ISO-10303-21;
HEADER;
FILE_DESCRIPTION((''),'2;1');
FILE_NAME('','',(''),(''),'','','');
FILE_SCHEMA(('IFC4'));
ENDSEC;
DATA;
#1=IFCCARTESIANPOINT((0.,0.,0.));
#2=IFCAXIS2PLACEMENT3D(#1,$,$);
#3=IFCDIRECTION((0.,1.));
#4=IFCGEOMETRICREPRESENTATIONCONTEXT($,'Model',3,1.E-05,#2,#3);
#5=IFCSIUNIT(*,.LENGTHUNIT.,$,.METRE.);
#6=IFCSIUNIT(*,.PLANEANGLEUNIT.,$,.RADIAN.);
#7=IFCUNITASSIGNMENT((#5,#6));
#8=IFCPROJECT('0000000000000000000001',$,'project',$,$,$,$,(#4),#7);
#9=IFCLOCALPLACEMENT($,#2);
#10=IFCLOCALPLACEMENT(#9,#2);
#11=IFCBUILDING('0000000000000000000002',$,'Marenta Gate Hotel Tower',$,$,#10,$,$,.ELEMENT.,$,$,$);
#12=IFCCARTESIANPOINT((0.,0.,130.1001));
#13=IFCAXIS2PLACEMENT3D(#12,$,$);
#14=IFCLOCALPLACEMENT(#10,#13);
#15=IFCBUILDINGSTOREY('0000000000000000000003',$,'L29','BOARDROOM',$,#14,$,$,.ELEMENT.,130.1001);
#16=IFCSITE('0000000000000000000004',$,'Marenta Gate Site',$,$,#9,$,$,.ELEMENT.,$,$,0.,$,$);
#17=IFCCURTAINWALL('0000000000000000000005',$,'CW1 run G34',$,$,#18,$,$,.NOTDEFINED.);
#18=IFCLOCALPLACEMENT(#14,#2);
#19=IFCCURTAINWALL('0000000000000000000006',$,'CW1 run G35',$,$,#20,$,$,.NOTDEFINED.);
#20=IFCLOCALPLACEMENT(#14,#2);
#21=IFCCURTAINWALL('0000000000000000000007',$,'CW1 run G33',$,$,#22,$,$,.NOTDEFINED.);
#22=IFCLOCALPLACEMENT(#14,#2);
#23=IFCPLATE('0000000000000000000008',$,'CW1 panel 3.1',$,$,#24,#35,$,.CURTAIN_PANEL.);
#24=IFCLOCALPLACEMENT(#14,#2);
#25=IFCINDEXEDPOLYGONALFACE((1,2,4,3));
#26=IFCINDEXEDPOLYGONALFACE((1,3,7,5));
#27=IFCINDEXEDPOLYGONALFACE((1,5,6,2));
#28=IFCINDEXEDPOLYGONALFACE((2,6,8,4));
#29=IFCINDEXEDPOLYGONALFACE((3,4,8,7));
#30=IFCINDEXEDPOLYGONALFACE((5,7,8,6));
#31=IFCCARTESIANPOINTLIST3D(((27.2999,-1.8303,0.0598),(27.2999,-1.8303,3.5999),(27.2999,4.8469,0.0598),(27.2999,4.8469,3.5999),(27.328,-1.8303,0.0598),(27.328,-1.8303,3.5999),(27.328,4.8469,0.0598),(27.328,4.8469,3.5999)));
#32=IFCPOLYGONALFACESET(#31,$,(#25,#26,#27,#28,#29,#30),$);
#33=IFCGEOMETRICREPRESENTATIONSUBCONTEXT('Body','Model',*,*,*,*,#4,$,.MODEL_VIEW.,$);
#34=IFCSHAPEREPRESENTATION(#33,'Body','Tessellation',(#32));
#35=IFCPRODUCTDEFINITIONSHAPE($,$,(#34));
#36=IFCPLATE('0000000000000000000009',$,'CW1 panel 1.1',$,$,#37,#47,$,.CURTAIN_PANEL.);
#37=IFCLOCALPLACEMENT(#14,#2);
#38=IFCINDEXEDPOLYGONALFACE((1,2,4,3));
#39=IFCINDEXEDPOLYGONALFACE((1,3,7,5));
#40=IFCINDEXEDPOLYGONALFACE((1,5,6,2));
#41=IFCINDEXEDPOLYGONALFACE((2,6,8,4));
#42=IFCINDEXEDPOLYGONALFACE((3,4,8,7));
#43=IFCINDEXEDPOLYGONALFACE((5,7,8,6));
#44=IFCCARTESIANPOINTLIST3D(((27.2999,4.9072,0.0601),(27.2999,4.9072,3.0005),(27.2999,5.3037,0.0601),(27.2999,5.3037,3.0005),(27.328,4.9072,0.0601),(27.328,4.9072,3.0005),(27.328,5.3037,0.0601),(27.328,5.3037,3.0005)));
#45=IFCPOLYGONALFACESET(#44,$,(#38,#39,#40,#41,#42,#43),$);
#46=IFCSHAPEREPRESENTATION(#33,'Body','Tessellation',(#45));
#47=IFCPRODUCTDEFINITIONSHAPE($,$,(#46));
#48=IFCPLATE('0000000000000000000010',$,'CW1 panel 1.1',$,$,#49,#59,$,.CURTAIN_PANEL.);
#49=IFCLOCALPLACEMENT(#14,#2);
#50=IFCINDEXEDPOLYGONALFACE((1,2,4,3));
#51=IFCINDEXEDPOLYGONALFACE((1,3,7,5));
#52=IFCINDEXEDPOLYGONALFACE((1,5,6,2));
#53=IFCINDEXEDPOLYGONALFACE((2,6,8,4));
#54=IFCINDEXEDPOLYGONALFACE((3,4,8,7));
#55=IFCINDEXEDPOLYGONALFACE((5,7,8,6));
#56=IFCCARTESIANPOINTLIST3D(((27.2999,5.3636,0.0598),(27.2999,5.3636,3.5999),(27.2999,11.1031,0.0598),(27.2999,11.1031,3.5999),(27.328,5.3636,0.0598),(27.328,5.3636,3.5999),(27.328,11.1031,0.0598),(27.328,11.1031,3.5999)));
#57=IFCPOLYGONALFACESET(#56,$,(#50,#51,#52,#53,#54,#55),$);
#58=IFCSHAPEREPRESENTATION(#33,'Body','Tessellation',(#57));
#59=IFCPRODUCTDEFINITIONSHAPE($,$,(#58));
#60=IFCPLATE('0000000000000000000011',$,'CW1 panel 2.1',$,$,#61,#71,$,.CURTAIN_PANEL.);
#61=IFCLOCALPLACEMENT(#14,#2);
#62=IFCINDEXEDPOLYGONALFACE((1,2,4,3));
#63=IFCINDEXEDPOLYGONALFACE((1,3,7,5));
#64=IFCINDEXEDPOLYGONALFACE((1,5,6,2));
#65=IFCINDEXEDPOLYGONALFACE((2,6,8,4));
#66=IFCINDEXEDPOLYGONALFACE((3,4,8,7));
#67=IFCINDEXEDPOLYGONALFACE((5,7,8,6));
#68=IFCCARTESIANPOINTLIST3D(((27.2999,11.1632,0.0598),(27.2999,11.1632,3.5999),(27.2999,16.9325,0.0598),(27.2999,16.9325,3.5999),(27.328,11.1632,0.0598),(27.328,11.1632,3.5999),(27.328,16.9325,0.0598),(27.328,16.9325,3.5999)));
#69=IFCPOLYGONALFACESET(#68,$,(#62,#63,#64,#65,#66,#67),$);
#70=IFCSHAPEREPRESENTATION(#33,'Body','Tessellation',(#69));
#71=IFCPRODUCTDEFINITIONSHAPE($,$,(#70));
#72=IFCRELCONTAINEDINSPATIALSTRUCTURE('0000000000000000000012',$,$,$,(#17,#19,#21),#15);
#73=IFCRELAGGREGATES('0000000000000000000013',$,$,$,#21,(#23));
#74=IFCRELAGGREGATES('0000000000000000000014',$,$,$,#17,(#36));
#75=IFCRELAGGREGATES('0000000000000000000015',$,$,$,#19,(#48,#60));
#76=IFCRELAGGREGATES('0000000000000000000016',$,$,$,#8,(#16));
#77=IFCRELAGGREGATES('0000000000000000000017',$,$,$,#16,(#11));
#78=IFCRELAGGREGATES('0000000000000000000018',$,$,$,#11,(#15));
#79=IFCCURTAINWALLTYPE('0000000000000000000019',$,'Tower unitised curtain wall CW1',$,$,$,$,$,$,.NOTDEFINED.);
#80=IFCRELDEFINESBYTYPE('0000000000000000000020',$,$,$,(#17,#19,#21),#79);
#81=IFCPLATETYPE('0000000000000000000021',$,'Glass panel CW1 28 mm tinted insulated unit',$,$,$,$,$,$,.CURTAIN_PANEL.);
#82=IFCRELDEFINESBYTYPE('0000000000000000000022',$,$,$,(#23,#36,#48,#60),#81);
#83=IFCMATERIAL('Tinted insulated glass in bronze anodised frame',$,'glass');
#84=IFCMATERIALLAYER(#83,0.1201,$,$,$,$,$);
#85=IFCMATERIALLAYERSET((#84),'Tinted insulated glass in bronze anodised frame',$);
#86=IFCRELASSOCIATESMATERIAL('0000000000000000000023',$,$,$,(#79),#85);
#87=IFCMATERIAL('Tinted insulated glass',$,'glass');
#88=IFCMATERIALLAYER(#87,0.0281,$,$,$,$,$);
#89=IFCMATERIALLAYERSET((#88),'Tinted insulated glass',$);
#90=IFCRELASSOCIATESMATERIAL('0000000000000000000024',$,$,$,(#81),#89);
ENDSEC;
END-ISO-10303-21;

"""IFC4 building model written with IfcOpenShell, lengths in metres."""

from ifc_helpers import new_model, si_unit, direction, frame, origin, origin_2d, place, context, subcontext, project, spatial, rectangle, extrude, material, layer, layer_set, type_object, element, aggregate, save


model = new_model("IFC4")

# Units and contexts
model_context = context("Model", 3, precision=1e-05, world=origin(), true_north=direction((0.0, 1.0)))
body_context = subcontext(model_context, "Body", "Model", "MODEL_VIEW")
ifc_project = project(units=[si_unit("LENGTHUNIT", "METRE"), si_unit("PLANEANGLEUNIT", "RADIAN")], contexts=[model_context])

# Site, building, storey
site_placement = place(None, origin())
site = spatial("IfcSite", under=ifc_project, at=site_placement, Name="Marenta Gate Site", CompositionType="ELEMENT", RefElevation=0.0)
building_placement = place(site_placement, origin())
building = spatial("IfcBuilding", under=site, at=building_placement, Name="Marenta Gate Hotel Tower", CompositionType="ELEMENT")
storey_placement = place(building_placement, frame((0.0, 0.0, 130.1001)))
storey = spatial("IfcBuildingStorey", under=building, at=storey_placement, Name="L29", Description="BOARDROOM", CompositionType="ELEMENT", Elevation=130.1001)

# Curtain wall
ifc_material_1 = material(Name="Tinted insulated glass in bronze anodised frame", Category="glass")
ifc_layer_1 = layer(ifc_material_1, 0.1201)
ifc_layer_set_1 = layer_set([ifc_layer_1], Name="Tinted insulated glass in bronze anodised frame")
curtain_wall_type = type_object("IfcCurtainWallType", Name="Tower unitised curtain wall CW1", PredefinedType="NOTDEFINED", material=ifc_layer_set_1)
curtain_wall_1_placement = place(storey_placement, origin())
curtain_wall_1 = element("IfcCurtainWall", 1, at=curtain_wall_1_placement, inside=storey, type_object=curtain_wall_type, Name="CW1 run G34", PredefinedType="NOTDEFINED")

# Curtain wall
curtain_wall_2_placement = place(storey_placement, origin())
curtain_wall_2 = element("IfcCurtainWall", 2, at=curtain_wall_2_placement, inside=storey, type_object=curtain_wall_type, Name="CW1 run G35", PredefinedType="NOTDEFINED")

# Curtain wall, plate
curtain_wall_3_placement = place(storey_placement, origin())
curtain_wall_3 = element("IfcCurtainWall", 3, at=curtain_wall_3_placement, inside=storey, type_object=curtain_wall_type, Name="CW1 run G33", PredefinedType="NOTDEFINED")
ifc_material_2 = material(Name="Tinted insulated glass", Category="glass")
ifc_layer_2 = layer(ifc_material_2, 0.0281)
ifc_layer_set_2 = layer_set([ifc_layer_2], Name="Tinted insulated glass")
plate_type = type_object("IfcPlateType", Name="Glass panel CW1 28 mm tinted insulated unit", PredefinedType="CURTAIN_PANEL", material=ifc_layer_set_2)
plate_1_placement = place(storey_placement, frame((27.314, 1.5083, 0.0598), z_axis=(0.0, 0.0, 1.0), x_axis=(0.0, 1.0, 0.0)))
plate_1 = element("IfcPlate", 4, at=plate_1_placement, type_object=plate_type, Name="CW1 panel 3.1", PredefinedType="CURTAIN_PANEL", context=body_context, shape_type="SweptSolid", body=[
    extrude(rectangle(XDim=6.6772, YDim=0.0281, at=origin_2d()), origin(), (0.0, 0.0, 1.0), 3.54),
])
aggregate(curtain_wall_3, [plate_1])

# Plates
plate_2_placement = place(storey_placement, frame((27.314, 5.1055, 0.0601), z_axis=(0.0, 0.0, 1.0), x_axis=(0.0, 1.0, 0.0)))
plate_2 = element("IfcPlate", 5, at=plate_2_placement, type_object=plate_type, Name="CW1 panel 1.1", PredefinedType="CURTAIN_PANEL", context=body_context, shape_type="SweptSolid", body=[
    extrude(rectangle(XDim=0.3965, YDim=0.0281, at=origin_2d()), origin(), (0.0, 0.0, 1.0), 2.9404),
])
aggregate(curtain_wall_1, [plate_2])
plate_3_placement = place(storey_placement, frame((27.314, 8.2334, 0.0598), z_axis=(0.0, 0.0, 1.0), x_axis=(0.0, 1.0, 0.0)))
plate_3 = element("IfcPlate", 6, at=plate_3_placement, type_object=plate_type, Name="CW1 panel 1.1", PredefinedType="CURTAIN_PANEL", context=body_context, shape_type="SweptSolid", body=[
    extrude(rectangle(XDim=5.7395, YDim=0.0281, at=origin_2d()), origin(), (0.0, 0.0, 1.0), 3.54),
])
plate_4_placement = place(storey_placement, frame((27.314, 14.0479, 0.0598), z_axis=(0.0, 0.0, 1.0), x_axis=(0.0, 1.0, 0.0)))
plate_4 = element("IfcPlate", 7, at=plate_4_placement, type_object=plate_type, Name="CW1 panel 2.1", PredefinedType="CURTAIN_PANEL", context=body_context, shape_type="SweptSolid", body=[
    extrude(rectangle(XDim=5.7693, YDim=0.0281, at=origin_2d()), origin(), (0.0, 0.0, 1.0), 3.54),
])
aggregate(curtain_wall_2, [plate_3, plate_4])

save(model, "model.ifc")
